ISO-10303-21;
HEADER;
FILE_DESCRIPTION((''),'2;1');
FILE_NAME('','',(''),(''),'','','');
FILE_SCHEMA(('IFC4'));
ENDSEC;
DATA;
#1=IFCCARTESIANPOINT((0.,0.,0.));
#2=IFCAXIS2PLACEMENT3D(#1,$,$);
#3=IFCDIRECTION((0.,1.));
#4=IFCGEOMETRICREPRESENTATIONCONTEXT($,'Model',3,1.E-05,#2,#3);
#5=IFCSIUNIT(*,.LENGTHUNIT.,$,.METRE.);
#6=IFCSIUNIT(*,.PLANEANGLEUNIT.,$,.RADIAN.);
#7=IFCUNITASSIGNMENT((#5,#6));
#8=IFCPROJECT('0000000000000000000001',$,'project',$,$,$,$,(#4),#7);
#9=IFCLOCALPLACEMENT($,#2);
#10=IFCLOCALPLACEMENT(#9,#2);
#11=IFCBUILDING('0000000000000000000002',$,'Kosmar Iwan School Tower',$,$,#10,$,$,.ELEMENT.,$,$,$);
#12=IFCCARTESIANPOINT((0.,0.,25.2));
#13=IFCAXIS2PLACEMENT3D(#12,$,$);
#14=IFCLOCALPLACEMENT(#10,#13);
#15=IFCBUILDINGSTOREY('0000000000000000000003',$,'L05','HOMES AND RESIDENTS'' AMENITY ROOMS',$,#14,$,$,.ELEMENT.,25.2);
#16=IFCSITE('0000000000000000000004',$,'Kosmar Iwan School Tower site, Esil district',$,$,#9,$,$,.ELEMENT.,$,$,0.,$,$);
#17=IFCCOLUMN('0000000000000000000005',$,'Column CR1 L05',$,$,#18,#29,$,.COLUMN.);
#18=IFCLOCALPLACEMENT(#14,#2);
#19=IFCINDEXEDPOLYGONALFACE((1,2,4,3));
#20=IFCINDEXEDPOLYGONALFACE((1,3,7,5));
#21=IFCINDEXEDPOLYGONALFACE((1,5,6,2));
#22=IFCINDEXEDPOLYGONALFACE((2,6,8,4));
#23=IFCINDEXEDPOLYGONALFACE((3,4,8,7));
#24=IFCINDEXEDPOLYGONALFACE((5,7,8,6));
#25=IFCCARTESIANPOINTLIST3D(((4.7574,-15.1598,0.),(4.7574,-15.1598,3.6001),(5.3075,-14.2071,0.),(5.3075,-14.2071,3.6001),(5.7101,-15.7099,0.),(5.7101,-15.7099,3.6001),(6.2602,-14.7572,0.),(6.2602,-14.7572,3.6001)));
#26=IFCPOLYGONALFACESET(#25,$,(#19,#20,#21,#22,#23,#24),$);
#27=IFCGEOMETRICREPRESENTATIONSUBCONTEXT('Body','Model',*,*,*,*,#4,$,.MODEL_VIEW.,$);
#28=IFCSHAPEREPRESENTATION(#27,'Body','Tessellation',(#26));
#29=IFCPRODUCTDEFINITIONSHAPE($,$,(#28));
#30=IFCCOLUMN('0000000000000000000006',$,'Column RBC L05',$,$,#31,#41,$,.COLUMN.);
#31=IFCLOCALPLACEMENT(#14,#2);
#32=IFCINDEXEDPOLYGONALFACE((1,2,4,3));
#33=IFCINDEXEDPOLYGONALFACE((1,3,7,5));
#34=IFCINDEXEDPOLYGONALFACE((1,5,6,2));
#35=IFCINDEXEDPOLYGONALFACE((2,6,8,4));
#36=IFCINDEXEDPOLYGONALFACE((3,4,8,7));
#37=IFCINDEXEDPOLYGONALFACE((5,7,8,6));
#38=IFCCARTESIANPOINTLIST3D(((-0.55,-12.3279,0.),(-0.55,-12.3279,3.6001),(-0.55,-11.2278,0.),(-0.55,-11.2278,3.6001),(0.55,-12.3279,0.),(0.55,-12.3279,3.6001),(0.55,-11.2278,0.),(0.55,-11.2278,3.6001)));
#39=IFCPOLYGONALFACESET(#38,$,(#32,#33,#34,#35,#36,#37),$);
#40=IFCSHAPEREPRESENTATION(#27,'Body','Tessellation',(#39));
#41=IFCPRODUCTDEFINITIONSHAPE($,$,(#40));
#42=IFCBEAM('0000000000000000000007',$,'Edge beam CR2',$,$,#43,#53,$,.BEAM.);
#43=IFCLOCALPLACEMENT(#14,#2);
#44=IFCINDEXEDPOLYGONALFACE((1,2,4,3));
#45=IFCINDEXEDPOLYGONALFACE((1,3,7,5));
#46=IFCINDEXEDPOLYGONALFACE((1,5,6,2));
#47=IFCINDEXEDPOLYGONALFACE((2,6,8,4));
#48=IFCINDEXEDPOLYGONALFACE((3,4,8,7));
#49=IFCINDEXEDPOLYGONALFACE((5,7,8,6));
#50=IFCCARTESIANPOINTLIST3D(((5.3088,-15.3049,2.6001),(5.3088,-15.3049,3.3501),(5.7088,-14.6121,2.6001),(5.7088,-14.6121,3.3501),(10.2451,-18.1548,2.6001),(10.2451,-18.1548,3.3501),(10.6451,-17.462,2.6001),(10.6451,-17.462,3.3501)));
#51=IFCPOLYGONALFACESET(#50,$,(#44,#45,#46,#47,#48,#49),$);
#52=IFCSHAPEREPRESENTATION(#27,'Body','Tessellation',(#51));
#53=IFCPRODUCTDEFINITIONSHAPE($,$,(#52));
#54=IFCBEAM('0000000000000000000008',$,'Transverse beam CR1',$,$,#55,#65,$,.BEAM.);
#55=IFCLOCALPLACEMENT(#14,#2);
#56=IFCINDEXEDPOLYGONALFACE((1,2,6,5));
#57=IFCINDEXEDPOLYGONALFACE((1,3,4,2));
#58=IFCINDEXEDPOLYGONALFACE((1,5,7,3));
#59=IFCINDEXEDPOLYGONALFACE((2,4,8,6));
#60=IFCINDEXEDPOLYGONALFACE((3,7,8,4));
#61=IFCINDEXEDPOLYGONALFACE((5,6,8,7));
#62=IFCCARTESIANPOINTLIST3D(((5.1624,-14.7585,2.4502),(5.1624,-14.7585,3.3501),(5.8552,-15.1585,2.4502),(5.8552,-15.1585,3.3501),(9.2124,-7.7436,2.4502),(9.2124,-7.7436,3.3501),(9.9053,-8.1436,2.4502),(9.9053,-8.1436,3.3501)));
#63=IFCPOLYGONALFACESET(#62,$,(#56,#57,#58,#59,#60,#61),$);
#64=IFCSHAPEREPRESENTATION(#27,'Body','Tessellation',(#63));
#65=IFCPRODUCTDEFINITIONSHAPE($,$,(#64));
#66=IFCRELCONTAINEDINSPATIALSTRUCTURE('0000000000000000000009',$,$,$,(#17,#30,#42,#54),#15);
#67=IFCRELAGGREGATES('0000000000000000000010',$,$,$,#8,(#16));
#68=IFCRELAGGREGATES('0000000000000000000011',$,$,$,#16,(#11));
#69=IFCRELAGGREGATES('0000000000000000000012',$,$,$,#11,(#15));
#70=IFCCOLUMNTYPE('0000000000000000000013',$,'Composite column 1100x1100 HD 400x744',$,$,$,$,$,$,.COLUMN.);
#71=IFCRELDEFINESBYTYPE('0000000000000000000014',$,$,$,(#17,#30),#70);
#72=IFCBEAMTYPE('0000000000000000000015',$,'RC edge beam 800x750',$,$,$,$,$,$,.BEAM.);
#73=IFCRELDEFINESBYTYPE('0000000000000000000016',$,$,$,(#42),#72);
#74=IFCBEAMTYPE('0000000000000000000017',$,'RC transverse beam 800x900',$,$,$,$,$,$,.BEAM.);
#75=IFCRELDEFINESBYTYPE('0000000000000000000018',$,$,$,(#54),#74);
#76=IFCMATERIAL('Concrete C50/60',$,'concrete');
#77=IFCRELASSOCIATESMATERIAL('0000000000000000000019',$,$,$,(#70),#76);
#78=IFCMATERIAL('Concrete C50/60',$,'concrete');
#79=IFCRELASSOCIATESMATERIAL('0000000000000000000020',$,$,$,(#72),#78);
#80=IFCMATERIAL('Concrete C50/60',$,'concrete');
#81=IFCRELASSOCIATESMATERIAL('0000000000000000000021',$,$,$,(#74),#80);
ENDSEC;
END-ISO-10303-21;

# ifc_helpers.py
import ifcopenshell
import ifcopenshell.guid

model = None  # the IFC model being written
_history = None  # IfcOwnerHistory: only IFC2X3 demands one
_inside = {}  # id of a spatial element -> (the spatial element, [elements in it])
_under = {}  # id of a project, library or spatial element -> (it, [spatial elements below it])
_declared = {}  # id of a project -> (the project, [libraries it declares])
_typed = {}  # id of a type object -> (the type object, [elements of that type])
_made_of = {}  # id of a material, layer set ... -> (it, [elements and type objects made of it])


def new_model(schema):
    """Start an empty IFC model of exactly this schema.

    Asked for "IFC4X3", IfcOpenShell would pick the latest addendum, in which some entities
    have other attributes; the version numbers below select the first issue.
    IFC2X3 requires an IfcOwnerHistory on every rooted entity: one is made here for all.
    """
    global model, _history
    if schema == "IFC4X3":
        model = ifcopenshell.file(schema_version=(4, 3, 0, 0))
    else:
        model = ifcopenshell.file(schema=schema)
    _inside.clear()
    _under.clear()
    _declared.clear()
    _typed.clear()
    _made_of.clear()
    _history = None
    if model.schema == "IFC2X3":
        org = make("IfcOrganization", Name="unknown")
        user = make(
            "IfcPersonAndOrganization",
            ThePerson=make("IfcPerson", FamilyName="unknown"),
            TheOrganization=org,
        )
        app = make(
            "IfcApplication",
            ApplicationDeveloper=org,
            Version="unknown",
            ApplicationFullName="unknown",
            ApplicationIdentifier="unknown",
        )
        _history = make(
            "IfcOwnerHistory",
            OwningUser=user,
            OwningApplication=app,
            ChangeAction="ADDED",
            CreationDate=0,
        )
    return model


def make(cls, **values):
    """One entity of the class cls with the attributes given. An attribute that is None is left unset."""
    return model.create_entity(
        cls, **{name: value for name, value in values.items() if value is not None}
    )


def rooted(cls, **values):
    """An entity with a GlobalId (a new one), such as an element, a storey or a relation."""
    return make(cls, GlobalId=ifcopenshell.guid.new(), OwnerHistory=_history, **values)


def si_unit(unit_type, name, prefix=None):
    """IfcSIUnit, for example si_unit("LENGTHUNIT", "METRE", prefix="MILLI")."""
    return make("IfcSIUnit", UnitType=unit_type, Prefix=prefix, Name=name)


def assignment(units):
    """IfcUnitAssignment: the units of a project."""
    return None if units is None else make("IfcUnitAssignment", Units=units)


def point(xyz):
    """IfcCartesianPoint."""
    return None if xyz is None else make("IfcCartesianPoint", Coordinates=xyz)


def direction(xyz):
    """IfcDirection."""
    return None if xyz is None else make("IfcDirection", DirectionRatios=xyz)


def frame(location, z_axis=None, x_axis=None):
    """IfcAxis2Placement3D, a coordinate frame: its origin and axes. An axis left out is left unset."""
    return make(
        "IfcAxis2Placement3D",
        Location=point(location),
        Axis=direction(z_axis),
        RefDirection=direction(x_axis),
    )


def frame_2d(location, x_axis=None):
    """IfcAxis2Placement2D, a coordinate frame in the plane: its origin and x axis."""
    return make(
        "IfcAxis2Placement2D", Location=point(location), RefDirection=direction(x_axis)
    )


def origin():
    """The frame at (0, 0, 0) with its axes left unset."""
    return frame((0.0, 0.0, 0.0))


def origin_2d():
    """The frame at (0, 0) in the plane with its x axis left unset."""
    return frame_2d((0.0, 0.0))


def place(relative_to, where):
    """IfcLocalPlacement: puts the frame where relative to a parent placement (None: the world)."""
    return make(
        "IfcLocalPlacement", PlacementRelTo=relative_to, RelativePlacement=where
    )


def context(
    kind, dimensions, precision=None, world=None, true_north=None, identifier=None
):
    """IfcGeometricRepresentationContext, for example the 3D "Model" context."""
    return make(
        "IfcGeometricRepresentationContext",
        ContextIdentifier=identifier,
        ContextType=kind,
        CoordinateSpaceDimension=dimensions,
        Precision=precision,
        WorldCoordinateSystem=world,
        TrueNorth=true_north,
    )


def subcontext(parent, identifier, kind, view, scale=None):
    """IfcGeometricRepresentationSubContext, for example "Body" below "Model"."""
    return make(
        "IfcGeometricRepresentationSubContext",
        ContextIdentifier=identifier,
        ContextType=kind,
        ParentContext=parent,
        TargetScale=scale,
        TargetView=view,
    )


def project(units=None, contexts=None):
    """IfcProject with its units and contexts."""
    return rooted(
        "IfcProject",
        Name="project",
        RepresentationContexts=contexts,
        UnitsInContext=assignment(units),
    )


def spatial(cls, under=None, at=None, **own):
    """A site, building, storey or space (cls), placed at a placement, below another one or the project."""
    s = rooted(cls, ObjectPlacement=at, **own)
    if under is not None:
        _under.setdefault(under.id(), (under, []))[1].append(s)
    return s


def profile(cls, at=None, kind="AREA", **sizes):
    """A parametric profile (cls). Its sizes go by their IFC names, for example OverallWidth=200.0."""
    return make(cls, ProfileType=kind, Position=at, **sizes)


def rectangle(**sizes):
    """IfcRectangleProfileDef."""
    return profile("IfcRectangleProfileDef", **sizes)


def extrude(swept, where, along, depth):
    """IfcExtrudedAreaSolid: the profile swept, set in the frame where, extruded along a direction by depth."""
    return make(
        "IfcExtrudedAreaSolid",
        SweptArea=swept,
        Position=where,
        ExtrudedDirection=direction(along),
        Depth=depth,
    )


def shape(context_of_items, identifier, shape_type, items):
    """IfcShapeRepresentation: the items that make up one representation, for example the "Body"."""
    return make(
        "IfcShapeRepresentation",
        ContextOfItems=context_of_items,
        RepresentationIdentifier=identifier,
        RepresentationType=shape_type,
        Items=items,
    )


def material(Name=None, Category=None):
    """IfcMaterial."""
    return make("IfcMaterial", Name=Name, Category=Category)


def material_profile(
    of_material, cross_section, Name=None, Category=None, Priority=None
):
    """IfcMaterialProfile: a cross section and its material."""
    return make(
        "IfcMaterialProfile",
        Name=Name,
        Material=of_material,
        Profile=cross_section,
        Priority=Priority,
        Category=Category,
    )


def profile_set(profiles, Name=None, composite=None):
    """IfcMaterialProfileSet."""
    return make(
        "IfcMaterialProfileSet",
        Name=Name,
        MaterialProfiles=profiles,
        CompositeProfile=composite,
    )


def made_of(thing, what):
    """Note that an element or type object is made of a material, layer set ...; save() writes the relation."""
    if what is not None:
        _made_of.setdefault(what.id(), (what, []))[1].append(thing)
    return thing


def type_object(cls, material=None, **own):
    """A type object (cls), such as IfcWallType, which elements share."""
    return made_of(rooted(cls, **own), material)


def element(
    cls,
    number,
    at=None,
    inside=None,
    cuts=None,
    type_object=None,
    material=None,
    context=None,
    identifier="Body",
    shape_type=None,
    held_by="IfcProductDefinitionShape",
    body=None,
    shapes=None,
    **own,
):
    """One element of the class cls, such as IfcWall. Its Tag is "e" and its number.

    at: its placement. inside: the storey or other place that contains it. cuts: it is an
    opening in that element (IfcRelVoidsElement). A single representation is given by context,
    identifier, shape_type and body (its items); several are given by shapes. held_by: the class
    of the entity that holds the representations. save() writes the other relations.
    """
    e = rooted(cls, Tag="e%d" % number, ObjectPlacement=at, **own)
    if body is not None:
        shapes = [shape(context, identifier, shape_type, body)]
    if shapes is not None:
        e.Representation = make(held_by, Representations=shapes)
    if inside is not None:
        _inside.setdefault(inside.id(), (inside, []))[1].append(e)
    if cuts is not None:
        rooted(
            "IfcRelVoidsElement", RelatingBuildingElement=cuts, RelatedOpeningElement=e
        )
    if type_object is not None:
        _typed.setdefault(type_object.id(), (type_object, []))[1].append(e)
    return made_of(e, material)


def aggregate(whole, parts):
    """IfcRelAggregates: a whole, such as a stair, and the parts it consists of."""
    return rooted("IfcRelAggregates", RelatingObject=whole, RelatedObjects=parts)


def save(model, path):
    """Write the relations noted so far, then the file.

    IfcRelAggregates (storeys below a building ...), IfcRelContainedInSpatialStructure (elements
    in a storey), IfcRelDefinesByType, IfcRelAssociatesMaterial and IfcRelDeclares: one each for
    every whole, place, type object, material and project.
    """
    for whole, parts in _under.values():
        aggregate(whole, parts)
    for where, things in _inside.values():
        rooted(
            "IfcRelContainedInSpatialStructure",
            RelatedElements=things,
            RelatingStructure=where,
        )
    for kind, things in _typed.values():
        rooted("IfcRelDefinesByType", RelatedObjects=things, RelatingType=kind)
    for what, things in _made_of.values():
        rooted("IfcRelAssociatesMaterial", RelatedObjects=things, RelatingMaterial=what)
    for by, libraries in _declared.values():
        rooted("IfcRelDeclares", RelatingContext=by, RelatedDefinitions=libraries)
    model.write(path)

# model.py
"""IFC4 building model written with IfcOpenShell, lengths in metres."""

from ifc_helpers import new_model, si_unit, direction, frame, origin, origin_2d, place, context, subcontext, project, spatial, rectangle, extrude, material, material_profile, profile_set, type_object, element, save


model = new_model("IFC4")

# Units and contexts
model_context = context("Model", 3, precision=1e-05, world=origin(), true_north=direction((0.0, 1.0)))
body_context = subcontext(model_context, "Body", "Model", "MODEL_VIEW")
ifc_project = project(units=[si_unit("LENGTHUNIT", "METRE"), si_unit("PLANEANGLEUNIT", "RADIAN")], contexts=[model_context])

# Site, building, storey
site_placement = place(None, origin())
site = spatial("IfcSite", under=ifc_project, at=site_placement, Name="Kosmar Iwan School Tower site, Esil district", CompositionType="ELEMENT", RefElevation=0.0)
building_placement = place(site_placement, origin())
building = spatial("IfcBuilding", under=site, at=building_placement, Name="Kosmar Iwan School Tower", CompositionType="ELEMENT")
storey_placement = place(building_placement, frame((0.0, 0.0, 25.2)))
storey = spatial("IfcBuildingStorey", under=building, at=storey_placement, Name="L05", Description="HOMES AND RESIDENTS' AMENITY ROOMS", CompositionType="ELEMENT", Elevation=25.2)

# Columns
ifc_material_1 = material(Name="Concrete C50/60", Category="concrete")
ifc_material_profile_1 = material_profile(ifc_material_1, rectangle(XDim=1.1001, YDim=1.1001, at=origin_2d()), Name="RC 1100x1100 + HD 400x744")
ifc_profile_set_1 = profile_set([ifc_material_profile_1], Name="Concrete C50/60")
column_type = type_object("IfcColumnType", Name="Composite column 1100x1100 HD 400x744", PredefinedType="COLUMN", material=ifc_profile_set_1)
for number, where, z_axis, x_axis, name in (
    (1, (5.5088, -14.9585, 0.0), (0.0, 0.0, 1.0), (0.866025, -0.5, 0.0), "Column CR1 L05"),
    (2, (0.0, -11.7778, 0.0), (0.0, 0.0, 1.0), (1.0, 0.0, 0.0), "Column RBC L05"),
):
    element("IfcColumn", number, at=place(storey_placement, frame(where, z_axis=z_axis, x_axis=x_axis)), inside=storey, type_object=column_type, Name=name, PredefinedType="COLUMN", context=body_context, shape_type="SweptSolid", body=[
        extrude(rectangle(XDim=1.1001, YDim=1.1001, at=origin_2d()), origin(), (0.0, 0.0, 1.0), 3.6001),
    ])

# Beams
ifc_material_2 = material(Name="Concrete C50/60", Category="concrete")
ifc_material_profile_2 = material_profile(ifc_material_2, rectangle(XDim=0.8, YDim=0.75, at=origin_2d()), Name="RC 800x750")
ifc_profile_set_2 = profile_set([ifc_material_profile_2], Name="Concrete C50/60")
beam_type_1 = type_object("IfcBeamType", Name="RC edge beam 800x750", PredefinedType="BEAM", material=ifc_profile_set_2)
beam_1_placement = place(storey_placement, frame((5.5088, -14.9585, 2.9751), z_axis=(0.866034, -0.499986, 0.0), x_axis=(0.499986, 0.866034, 0.0)))
element("IfcBeam", 3, at=beam_1_placement, inside=storey, type_object=beam_type_1, Name="Edge beam CR2", PredefinedType="BEAM", context=body_context, shape_type="SweptSolid", body=[
    extrude(rectangle(XDim=0.8, YDim=0.75, at=origin_2d()), origin(), (0.0, 0.0, 1.0), 5.7),
])
ifc_material_3 = material(Name="Concrete C50/60", Category="concrete")
ifc_material_profile_3 = material_profile(ifc_material_3, rectangle(XDim=0.8, YDim=0.8999, at=origin_2d()), Name="RC 800x900")
ifc_profile_set_3 = profile_set([ifc_material_profile_3], Name="Concrete C50/60")
beam_type_2 = type_object("IfcBeamType", Name="RC transverse beam 800x900", PredefinedType="BEAM", material=ifc_profile_set_3)
beam_2_placement = place(storey_placement, frame((5.5088, -14.9585, 2.9001), z_axis=(0.5, 0.866025, 0.0), x_axis=(-0.866025, 0.5, 0.0)))
element("IfcBeam", 4, at=beam_2_placement, inside=storey, type_object=beam_type_2, Name="Transverse beam CR1", PredefinedType="BEAM", context=body_context, shape_type="SweptSolid", body=[
    extrude(rectangle(XDim=0.8, YDim=0.8999, at=origin_2d()), origin(), (0.0, 0.0, 1.0), 8.1001),
])

save(model, "model.ifc")
